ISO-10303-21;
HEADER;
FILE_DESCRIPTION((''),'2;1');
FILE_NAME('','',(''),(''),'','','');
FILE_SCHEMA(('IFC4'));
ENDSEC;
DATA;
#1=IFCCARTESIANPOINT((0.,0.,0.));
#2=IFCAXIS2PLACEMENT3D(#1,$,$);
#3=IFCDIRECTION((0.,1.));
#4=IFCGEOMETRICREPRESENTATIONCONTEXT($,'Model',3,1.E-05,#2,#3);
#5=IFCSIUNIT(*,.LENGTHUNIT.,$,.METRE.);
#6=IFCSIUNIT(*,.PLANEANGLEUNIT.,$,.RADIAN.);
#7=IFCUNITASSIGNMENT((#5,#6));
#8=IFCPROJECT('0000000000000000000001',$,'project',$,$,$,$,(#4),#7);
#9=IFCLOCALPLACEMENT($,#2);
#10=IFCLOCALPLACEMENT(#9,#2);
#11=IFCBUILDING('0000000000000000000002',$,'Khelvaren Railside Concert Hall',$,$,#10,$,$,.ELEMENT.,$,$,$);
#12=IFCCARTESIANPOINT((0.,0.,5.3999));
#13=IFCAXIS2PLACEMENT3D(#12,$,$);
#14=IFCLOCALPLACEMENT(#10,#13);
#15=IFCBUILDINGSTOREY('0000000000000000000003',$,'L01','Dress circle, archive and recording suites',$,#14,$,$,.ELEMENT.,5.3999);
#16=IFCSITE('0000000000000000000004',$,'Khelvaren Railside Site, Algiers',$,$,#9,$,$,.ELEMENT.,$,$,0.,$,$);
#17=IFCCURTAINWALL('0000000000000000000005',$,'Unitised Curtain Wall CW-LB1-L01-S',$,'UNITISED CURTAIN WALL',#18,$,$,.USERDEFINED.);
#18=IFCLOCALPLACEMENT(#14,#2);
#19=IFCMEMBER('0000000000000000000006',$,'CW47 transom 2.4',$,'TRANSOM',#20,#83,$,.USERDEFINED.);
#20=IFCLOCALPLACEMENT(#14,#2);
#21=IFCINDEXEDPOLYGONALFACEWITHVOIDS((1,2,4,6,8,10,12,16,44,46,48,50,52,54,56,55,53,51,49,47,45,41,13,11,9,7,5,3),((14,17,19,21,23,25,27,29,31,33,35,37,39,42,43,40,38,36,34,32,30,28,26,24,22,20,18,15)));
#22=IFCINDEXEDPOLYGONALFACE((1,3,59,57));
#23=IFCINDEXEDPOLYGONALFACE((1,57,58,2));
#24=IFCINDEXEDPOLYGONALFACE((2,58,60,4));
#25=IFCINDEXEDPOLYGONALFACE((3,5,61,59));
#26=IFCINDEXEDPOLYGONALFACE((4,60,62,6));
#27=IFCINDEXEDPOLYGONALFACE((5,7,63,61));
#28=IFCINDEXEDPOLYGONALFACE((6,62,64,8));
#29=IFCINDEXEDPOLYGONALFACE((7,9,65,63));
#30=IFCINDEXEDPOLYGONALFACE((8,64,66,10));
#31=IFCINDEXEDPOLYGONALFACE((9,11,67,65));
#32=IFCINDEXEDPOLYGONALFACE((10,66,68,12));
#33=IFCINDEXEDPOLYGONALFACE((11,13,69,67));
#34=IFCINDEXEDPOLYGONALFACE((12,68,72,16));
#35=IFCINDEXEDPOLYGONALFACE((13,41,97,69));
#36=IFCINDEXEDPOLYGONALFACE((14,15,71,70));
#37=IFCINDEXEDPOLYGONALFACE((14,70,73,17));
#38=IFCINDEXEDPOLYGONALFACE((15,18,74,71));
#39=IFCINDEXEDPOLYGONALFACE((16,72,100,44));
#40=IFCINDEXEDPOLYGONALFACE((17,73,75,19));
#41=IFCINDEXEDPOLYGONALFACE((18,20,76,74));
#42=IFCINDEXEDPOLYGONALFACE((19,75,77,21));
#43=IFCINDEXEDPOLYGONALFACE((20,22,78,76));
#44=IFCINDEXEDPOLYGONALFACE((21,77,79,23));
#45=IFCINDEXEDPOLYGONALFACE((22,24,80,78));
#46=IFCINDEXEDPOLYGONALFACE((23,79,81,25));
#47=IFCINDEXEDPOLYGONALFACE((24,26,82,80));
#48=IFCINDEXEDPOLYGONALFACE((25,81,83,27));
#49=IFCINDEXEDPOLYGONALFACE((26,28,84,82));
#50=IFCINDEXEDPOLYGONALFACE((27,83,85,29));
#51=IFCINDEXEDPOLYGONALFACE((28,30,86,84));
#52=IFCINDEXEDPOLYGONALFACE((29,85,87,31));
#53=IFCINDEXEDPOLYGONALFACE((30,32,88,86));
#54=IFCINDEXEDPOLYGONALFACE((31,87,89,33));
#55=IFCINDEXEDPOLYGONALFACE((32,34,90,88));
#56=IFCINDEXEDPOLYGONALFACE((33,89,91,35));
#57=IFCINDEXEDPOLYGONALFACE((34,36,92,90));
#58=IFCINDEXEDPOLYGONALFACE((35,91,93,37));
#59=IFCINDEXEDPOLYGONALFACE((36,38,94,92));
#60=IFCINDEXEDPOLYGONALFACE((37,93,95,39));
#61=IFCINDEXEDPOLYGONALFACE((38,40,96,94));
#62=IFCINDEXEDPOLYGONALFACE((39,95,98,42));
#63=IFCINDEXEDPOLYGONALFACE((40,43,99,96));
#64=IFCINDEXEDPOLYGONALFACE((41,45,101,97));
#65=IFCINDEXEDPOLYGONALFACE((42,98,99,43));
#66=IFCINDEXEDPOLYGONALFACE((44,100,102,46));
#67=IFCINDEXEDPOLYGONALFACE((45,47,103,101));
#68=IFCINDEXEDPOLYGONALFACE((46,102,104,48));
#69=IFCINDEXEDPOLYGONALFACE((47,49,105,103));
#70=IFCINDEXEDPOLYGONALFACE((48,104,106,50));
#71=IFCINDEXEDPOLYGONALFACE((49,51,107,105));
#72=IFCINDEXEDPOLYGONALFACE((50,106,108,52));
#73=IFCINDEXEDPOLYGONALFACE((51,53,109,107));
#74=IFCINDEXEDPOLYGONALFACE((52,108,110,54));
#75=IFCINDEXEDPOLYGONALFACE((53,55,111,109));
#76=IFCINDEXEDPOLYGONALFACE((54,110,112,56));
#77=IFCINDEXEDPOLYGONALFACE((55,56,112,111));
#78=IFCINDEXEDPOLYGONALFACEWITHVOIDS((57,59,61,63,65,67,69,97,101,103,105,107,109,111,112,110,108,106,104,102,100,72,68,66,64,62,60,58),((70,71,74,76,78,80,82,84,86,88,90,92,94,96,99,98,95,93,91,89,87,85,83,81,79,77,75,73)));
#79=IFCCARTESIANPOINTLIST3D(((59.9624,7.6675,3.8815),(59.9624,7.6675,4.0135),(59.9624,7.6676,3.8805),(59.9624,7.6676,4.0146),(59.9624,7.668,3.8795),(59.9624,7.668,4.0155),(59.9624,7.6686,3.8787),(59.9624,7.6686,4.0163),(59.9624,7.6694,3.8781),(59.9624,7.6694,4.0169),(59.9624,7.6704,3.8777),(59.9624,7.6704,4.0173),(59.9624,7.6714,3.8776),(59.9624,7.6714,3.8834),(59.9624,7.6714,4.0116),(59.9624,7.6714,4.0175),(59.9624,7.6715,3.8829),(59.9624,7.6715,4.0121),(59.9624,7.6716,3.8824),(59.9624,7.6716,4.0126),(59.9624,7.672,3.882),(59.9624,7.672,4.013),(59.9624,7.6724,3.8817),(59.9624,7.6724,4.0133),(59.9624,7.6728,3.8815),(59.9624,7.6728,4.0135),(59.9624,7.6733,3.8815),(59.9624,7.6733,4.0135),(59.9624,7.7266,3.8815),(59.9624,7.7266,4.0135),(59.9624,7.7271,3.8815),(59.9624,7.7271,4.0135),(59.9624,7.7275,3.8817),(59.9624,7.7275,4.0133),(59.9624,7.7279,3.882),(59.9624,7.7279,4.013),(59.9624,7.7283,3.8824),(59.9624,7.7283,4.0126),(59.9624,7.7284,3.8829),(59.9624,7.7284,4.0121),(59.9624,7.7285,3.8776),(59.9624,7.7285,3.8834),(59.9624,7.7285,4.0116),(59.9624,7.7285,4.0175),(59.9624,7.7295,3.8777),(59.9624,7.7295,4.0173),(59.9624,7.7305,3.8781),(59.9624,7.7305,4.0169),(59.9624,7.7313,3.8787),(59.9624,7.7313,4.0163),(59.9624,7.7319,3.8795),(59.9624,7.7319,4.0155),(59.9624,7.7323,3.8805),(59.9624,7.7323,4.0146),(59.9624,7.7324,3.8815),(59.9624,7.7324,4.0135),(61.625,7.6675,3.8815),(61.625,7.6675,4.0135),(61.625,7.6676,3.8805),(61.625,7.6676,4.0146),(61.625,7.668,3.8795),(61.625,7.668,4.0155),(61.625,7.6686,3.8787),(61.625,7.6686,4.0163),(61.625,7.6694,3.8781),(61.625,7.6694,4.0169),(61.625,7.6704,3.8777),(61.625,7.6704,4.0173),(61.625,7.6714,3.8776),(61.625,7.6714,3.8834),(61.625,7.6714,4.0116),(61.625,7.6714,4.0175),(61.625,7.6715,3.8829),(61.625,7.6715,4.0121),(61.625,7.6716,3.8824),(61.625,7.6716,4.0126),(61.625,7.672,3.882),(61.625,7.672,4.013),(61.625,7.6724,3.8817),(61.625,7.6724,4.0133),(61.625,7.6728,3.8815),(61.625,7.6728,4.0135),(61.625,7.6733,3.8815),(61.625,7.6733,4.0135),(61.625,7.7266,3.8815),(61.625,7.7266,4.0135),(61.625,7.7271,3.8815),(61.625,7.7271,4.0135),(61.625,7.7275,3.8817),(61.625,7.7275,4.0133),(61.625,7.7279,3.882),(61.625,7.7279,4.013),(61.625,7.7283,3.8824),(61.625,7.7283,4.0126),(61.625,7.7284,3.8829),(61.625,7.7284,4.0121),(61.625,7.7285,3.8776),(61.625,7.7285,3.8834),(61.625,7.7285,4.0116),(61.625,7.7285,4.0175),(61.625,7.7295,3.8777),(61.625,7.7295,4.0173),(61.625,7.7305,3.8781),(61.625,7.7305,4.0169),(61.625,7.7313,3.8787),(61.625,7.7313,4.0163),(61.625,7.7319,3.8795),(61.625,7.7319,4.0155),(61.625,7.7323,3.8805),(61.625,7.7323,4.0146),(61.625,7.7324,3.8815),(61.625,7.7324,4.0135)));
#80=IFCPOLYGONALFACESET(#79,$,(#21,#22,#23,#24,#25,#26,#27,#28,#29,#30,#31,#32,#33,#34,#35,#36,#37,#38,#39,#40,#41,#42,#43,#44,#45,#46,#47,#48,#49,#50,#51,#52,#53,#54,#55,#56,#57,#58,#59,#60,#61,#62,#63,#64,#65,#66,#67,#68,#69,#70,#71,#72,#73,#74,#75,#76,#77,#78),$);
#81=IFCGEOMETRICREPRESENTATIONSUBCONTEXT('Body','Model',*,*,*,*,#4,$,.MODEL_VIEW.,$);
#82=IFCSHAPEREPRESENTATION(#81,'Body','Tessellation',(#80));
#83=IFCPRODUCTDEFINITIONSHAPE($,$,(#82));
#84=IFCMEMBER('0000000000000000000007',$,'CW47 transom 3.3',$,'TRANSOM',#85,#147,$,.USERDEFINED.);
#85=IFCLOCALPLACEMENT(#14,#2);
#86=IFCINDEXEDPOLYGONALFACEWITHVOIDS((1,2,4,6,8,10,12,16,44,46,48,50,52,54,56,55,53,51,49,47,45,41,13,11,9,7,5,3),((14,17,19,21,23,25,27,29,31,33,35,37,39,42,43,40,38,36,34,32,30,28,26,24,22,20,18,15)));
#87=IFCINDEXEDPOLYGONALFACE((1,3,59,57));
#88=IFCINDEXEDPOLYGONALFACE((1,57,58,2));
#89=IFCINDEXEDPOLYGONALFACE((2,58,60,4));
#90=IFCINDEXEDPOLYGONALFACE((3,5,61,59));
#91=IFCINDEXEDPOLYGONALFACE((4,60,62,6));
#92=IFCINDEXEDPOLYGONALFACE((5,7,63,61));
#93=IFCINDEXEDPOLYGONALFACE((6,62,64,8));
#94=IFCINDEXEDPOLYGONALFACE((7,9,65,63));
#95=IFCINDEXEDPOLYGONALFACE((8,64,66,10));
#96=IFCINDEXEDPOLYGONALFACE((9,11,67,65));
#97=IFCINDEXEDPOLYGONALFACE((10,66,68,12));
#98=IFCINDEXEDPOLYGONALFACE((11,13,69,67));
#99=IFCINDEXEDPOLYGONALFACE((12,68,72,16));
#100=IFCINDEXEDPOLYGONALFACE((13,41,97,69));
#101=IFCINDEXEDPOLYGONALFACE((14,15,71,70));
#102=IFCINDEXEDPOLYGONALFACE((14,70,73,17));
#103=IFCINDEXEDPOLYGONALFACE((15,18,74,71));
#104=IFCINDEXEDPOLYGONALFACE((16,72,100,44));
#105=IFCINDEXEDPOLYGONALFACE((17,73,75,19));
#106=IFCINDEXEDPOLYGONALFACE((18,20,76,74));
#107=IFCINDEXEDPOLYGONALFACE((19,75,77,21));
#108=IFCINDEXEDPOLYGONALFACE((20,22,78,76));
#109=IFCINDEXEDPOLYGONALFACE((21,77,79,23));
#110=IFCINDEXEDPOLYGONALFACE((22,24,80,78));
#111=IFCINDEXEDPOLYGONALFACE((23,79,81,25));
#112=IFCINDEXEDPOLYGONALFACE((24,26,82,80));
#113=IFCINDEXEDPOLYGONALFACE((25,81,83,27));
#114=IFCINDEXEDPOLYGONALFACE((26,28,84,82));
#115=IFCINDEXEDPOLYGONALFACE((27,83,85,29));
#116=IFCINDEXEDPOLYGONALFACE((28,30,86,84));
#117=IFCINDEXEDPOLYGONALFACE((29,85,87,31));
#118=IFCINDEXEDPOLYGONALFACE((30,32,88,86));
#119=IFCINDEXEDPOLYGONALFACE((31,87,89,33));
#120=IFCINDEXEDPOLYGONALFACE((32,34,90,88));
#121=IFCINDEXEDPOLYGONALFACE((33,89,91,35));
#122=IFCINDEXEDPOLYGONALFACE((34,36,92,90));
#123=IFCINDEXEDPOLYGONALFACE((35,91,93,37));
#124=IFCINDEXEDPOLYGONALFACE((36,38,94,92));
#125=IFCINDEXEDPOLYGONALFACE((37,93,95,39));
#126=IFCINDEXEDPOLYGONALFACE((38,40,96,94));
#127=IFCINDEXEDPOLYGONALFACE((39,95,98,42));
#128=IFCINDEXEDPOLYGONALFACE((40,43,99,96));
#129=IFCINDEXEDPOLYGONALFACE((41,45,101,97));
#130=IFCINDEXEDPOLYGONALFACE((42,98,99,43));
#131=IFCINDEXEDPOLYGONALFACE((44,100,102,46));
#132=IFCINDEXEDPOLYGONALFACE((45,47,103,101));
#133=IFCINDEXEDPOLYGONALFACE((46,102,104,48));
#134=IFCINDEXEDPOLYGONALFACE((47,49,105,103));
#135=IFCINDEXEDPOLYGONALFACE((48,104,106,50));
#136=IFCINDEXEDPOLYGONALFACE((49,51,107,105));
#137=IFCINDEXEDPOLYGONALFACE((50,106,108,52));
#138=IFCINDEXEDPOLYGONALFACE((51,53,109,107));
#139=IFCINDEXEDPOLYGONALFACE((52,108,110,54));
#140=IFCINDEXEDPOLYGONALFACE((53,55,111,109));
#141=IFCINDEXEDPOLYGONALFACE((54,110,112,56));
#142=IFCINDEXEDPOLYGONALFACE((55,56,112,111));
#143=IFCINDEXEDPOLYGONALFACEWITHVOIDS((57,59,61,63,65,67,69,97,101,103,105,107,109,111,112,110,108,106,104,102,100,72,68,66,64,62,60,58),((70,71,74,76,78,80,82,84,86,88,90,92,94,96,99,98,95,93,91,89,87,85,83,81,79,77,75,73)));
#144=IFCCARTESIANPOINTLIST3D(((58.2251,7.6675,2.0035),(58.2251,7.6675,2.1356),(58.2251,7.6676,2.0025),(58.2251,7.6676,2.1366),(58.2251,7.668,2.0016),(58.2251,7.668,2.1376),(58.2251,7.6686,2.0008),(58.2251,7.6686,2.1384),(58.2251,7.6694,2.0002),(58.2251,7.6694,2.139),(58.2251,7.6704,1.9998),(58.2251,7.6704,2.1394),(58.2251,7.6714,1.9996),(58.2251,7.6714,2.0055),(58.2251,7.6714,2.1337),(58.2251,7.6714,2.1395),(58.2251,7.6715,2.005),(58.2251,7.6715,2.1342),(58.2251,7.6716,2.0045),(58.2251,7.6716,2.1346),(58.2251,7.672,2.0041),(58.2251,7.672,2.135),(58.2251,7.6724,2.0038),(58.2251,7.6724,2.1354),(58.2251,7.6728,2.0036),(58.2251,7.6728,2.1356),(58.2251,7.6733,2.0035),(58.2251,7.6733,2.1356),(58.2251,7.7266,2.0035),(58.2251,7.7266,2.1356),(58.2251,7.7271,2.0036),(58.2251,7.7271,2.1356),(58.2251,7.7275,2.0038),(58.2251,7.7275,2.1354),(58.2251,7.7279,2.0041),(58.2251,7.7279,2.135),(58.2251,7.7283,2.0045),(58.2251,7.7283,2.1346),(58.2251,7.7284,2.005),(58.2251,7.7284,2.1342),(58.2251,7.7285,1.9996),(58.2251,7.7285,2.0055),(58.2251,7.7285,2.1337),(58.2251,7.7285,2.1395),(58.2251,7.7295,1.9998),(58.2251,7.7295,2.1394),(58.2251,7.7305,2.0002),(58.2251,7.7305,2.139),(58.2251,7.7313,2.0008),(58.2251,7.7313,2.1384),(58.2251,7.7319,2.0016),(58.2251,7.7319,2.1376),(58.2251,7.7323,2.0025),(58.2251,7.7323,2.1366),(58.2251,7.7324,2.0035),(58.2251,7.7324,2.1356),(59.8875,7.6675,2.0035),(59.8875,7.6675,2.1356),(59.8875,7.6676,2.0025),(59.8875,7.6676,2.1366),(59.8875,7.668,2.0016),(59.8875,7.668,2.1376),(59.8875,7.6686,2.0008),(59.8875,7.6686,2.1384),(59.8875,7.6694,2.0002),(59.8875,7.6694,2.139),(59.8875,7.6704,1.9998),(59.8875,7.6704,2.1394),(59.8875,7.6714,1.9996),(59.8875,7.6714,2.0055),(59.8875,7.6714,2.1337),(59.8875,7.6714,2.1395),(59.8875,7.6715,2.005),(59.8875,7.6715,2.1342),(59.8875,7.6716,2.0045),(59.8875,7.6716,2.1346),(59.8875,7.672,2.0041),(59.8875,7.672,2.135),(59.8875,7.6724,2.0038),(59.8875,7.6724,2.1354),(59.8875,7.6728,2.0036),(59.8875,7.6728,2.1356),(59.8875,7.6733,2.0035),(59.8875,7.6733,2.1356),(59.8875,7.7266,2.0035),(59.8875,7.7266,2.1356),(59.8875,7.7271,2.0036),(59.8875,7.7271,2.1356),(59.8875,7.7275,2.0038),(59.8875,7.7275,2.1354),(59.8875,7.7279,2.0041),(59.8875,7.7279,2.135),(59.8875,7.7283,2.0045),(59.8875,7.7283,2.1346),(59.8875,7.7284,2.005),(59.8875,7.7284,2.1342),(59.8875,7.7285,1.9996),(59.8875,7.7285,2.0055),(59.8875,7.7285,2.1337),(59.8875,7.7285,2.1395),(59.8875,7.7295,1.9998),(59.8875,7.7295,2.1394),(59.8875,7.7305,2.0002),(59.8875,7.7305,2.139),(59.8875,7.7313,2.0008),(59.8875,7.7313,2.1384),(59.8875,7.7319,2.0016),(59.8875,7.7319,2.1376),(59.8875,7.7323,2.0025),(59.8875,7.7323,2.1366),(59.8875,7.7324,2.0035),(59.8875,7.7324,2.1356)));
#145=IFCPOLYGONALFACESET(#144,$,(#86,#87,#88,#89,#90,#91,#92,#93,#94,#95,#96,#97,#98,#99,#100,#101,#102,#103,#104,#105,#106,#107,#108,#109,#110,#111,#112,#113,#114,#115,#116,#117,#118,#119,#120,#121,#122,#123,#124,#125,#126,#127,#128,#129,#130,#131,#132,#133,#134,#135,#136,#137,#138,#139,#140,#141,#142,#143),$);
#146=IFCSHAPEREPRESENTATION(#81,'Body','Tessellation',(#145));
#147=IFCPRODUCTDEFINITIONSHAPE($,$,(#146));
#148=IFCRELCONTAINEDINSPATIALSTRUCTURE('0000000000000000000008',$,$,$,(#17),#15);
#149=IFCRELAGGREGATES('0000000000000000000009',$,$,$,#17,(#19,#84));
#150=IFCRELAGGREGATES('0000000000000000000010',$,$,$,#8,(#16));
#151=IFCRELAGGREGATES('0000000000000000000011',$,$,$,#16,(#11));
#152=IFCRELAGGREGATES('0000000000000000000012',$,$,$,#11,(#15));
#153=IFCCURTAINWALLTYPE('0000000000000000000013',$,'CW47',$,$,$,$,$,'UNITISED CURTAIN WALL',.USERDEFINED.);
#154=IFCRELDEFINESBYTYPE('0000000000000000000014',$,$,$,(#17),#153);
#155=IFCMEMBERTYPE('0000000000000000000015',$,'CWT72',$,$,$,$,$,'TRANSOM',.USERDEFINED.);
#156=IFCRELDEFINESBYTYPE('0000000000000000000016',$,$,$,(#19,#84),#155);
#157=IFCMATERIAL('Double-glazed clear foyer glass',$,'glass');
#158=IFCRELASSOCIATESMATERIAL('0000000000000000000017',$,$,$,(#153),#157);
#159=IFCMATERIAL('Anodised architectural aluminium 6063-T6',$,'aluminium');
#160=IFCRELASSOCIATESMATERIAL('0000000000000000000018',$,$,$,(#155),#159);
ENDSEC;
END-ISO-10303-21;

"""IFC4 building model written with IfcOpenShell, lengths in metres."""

from ifc_helpers import new_model, si_unit, direction, frame, origin, origin_2d, place, context, subcontext, project, spatial, hollow_rectangle, extrude, material, material_profile, profile_set, type_object, element, aggregate, save


model = new_model("IFC4")

# Units and contexts
model_context = context("Model", 3, precision=1e-05, world=origin(), true_north=direction((0.0, 1.0)))
body_context = subcontext(model_context, "Body", "Model", "MODEL_VIEW")
ifc_project = project(units=[si_unit("LENGTHUNIT", "METRE"), si_unit("PLANEANGLEUNIT", "RADIAN")], contexts=[model_context])

# Site, building, storey
site_placement = place(None, origin())
site = spatial("IfcSite", under=ifc_project, at=site_placement, Name="Khelvaren Railside Site, Algiers", CompositionType="ELEMENT", RefElevation=0.0)
building_placement = place(site_placement, origin())
building = spatial("IfcBuilding", under=site, at=building_placement, Name="Khelvaren Railside Concert Hall", CompositionType="ELEMENT")
storey_placement = place(building_placement, frame((0.0, 0.0, 5.3999)))
storey = spatial("IfcBuildingStorey", under=building, at=storey_placement, Name="L01", Description="Dress circle, archive and recording suites", CompositionType="ELEMENT", Elevation=5.3999)

# Curtain wall, members
ifc_material_1 = material(Name="Double-glazed clear foyer glass", Category="glass")
curtain_wall_type = type_object("IfcCurtainWallType", Name="CW47", ElementType="UNITISED CURTAIN WALL", PredefinedType="USERDEFINED", material=ifc_material_1)
curtain_wall_placement = place(storey_placement, origin())
curtain_wall = element("IfcCurtainWall", 1, at=curtain_wall_placement, inside=storey, type_object=curtain_wall_type, Name="Unitised Curtain Wall CW-LB1-L01-S", ObjectType="UNITISED CURTAIN WALL", PredefinedType="USERDEFINED")
ifc_material_2 = material(Name="Anodised architectural aluminium 6063-T6", Category="aluminium")
ifc_material_profile_1 = material_profile(ifc_material_2, hollow_rectangle(XDim=0.0649, YDim=0.1399, WallThickness=0.0039, InnerFilletRadius=0.002, OuterFilletRadius=0.0039, at=origin_2d()), Name="CWT 65x140x4")
ifc_profile_set_1 = profile_set([ifc_material_profile_1], Name="Anodised architectural aluminium 6063-T6")
member_type_1 = type_object("IfcMemberType", Name="CWT72", ElementType="TRANSOM", PredefinedType="USERDEFINED", material=ifc_profile_set_1)
member_1_placement = place(storey_placement, frame((61.625, 7.7, 3.9475), z_axis=(-1.0, 0.0, 0.0), x_axis=(0.0, -1.0, 0.0)))
member_1 = element("IfcMember", 2, at=member_1_placement, type_object=member_type_1, Name="CW47 transom 2.4", ObjectType="TRANSOM", PredefinedType="USERDEFINED", context=body_context, shape_type="SweptSolid", body=[
    extrude(hollow_rectangle(XDim=0.0649, YDim=0.1399, WallThickness=0.0039, InnerFilletRadius=0.002, OuterFilletRadius=0.0039, at=origin_2d()), origin(), (0.0, 0.0, 1.0), 1.6626),
])
member_2_placement = place(storey_placement, frame((59.8875, 7.7, 2.0696), z_axis=(-1.0, 0.0, 0.0), x_axis=(0.0, -1.0, 0.0)))
member_2 = element("IfcMember", 3, at=member_2_placement, type_object=member_type_1, Name="CW47 transom 3.3", ObjectType="TRANSOM", PredefinedType="USERDEFINED", context=body_context, shape_type="SweptSolid", body=[
    extrude(hollow_rectangle(XDim=0.0649, YDim=0.1399, WallThickness=0.0039, InnerFilletRadius=0.002, OuterFilletRadius=0.0039, at=origin_2d()), origin(), (0.0, 0.0, 1.0), 1.6624),
])

aggregate(curtain_wall, [member_1, member_2])

save(model, "model.ifc")
